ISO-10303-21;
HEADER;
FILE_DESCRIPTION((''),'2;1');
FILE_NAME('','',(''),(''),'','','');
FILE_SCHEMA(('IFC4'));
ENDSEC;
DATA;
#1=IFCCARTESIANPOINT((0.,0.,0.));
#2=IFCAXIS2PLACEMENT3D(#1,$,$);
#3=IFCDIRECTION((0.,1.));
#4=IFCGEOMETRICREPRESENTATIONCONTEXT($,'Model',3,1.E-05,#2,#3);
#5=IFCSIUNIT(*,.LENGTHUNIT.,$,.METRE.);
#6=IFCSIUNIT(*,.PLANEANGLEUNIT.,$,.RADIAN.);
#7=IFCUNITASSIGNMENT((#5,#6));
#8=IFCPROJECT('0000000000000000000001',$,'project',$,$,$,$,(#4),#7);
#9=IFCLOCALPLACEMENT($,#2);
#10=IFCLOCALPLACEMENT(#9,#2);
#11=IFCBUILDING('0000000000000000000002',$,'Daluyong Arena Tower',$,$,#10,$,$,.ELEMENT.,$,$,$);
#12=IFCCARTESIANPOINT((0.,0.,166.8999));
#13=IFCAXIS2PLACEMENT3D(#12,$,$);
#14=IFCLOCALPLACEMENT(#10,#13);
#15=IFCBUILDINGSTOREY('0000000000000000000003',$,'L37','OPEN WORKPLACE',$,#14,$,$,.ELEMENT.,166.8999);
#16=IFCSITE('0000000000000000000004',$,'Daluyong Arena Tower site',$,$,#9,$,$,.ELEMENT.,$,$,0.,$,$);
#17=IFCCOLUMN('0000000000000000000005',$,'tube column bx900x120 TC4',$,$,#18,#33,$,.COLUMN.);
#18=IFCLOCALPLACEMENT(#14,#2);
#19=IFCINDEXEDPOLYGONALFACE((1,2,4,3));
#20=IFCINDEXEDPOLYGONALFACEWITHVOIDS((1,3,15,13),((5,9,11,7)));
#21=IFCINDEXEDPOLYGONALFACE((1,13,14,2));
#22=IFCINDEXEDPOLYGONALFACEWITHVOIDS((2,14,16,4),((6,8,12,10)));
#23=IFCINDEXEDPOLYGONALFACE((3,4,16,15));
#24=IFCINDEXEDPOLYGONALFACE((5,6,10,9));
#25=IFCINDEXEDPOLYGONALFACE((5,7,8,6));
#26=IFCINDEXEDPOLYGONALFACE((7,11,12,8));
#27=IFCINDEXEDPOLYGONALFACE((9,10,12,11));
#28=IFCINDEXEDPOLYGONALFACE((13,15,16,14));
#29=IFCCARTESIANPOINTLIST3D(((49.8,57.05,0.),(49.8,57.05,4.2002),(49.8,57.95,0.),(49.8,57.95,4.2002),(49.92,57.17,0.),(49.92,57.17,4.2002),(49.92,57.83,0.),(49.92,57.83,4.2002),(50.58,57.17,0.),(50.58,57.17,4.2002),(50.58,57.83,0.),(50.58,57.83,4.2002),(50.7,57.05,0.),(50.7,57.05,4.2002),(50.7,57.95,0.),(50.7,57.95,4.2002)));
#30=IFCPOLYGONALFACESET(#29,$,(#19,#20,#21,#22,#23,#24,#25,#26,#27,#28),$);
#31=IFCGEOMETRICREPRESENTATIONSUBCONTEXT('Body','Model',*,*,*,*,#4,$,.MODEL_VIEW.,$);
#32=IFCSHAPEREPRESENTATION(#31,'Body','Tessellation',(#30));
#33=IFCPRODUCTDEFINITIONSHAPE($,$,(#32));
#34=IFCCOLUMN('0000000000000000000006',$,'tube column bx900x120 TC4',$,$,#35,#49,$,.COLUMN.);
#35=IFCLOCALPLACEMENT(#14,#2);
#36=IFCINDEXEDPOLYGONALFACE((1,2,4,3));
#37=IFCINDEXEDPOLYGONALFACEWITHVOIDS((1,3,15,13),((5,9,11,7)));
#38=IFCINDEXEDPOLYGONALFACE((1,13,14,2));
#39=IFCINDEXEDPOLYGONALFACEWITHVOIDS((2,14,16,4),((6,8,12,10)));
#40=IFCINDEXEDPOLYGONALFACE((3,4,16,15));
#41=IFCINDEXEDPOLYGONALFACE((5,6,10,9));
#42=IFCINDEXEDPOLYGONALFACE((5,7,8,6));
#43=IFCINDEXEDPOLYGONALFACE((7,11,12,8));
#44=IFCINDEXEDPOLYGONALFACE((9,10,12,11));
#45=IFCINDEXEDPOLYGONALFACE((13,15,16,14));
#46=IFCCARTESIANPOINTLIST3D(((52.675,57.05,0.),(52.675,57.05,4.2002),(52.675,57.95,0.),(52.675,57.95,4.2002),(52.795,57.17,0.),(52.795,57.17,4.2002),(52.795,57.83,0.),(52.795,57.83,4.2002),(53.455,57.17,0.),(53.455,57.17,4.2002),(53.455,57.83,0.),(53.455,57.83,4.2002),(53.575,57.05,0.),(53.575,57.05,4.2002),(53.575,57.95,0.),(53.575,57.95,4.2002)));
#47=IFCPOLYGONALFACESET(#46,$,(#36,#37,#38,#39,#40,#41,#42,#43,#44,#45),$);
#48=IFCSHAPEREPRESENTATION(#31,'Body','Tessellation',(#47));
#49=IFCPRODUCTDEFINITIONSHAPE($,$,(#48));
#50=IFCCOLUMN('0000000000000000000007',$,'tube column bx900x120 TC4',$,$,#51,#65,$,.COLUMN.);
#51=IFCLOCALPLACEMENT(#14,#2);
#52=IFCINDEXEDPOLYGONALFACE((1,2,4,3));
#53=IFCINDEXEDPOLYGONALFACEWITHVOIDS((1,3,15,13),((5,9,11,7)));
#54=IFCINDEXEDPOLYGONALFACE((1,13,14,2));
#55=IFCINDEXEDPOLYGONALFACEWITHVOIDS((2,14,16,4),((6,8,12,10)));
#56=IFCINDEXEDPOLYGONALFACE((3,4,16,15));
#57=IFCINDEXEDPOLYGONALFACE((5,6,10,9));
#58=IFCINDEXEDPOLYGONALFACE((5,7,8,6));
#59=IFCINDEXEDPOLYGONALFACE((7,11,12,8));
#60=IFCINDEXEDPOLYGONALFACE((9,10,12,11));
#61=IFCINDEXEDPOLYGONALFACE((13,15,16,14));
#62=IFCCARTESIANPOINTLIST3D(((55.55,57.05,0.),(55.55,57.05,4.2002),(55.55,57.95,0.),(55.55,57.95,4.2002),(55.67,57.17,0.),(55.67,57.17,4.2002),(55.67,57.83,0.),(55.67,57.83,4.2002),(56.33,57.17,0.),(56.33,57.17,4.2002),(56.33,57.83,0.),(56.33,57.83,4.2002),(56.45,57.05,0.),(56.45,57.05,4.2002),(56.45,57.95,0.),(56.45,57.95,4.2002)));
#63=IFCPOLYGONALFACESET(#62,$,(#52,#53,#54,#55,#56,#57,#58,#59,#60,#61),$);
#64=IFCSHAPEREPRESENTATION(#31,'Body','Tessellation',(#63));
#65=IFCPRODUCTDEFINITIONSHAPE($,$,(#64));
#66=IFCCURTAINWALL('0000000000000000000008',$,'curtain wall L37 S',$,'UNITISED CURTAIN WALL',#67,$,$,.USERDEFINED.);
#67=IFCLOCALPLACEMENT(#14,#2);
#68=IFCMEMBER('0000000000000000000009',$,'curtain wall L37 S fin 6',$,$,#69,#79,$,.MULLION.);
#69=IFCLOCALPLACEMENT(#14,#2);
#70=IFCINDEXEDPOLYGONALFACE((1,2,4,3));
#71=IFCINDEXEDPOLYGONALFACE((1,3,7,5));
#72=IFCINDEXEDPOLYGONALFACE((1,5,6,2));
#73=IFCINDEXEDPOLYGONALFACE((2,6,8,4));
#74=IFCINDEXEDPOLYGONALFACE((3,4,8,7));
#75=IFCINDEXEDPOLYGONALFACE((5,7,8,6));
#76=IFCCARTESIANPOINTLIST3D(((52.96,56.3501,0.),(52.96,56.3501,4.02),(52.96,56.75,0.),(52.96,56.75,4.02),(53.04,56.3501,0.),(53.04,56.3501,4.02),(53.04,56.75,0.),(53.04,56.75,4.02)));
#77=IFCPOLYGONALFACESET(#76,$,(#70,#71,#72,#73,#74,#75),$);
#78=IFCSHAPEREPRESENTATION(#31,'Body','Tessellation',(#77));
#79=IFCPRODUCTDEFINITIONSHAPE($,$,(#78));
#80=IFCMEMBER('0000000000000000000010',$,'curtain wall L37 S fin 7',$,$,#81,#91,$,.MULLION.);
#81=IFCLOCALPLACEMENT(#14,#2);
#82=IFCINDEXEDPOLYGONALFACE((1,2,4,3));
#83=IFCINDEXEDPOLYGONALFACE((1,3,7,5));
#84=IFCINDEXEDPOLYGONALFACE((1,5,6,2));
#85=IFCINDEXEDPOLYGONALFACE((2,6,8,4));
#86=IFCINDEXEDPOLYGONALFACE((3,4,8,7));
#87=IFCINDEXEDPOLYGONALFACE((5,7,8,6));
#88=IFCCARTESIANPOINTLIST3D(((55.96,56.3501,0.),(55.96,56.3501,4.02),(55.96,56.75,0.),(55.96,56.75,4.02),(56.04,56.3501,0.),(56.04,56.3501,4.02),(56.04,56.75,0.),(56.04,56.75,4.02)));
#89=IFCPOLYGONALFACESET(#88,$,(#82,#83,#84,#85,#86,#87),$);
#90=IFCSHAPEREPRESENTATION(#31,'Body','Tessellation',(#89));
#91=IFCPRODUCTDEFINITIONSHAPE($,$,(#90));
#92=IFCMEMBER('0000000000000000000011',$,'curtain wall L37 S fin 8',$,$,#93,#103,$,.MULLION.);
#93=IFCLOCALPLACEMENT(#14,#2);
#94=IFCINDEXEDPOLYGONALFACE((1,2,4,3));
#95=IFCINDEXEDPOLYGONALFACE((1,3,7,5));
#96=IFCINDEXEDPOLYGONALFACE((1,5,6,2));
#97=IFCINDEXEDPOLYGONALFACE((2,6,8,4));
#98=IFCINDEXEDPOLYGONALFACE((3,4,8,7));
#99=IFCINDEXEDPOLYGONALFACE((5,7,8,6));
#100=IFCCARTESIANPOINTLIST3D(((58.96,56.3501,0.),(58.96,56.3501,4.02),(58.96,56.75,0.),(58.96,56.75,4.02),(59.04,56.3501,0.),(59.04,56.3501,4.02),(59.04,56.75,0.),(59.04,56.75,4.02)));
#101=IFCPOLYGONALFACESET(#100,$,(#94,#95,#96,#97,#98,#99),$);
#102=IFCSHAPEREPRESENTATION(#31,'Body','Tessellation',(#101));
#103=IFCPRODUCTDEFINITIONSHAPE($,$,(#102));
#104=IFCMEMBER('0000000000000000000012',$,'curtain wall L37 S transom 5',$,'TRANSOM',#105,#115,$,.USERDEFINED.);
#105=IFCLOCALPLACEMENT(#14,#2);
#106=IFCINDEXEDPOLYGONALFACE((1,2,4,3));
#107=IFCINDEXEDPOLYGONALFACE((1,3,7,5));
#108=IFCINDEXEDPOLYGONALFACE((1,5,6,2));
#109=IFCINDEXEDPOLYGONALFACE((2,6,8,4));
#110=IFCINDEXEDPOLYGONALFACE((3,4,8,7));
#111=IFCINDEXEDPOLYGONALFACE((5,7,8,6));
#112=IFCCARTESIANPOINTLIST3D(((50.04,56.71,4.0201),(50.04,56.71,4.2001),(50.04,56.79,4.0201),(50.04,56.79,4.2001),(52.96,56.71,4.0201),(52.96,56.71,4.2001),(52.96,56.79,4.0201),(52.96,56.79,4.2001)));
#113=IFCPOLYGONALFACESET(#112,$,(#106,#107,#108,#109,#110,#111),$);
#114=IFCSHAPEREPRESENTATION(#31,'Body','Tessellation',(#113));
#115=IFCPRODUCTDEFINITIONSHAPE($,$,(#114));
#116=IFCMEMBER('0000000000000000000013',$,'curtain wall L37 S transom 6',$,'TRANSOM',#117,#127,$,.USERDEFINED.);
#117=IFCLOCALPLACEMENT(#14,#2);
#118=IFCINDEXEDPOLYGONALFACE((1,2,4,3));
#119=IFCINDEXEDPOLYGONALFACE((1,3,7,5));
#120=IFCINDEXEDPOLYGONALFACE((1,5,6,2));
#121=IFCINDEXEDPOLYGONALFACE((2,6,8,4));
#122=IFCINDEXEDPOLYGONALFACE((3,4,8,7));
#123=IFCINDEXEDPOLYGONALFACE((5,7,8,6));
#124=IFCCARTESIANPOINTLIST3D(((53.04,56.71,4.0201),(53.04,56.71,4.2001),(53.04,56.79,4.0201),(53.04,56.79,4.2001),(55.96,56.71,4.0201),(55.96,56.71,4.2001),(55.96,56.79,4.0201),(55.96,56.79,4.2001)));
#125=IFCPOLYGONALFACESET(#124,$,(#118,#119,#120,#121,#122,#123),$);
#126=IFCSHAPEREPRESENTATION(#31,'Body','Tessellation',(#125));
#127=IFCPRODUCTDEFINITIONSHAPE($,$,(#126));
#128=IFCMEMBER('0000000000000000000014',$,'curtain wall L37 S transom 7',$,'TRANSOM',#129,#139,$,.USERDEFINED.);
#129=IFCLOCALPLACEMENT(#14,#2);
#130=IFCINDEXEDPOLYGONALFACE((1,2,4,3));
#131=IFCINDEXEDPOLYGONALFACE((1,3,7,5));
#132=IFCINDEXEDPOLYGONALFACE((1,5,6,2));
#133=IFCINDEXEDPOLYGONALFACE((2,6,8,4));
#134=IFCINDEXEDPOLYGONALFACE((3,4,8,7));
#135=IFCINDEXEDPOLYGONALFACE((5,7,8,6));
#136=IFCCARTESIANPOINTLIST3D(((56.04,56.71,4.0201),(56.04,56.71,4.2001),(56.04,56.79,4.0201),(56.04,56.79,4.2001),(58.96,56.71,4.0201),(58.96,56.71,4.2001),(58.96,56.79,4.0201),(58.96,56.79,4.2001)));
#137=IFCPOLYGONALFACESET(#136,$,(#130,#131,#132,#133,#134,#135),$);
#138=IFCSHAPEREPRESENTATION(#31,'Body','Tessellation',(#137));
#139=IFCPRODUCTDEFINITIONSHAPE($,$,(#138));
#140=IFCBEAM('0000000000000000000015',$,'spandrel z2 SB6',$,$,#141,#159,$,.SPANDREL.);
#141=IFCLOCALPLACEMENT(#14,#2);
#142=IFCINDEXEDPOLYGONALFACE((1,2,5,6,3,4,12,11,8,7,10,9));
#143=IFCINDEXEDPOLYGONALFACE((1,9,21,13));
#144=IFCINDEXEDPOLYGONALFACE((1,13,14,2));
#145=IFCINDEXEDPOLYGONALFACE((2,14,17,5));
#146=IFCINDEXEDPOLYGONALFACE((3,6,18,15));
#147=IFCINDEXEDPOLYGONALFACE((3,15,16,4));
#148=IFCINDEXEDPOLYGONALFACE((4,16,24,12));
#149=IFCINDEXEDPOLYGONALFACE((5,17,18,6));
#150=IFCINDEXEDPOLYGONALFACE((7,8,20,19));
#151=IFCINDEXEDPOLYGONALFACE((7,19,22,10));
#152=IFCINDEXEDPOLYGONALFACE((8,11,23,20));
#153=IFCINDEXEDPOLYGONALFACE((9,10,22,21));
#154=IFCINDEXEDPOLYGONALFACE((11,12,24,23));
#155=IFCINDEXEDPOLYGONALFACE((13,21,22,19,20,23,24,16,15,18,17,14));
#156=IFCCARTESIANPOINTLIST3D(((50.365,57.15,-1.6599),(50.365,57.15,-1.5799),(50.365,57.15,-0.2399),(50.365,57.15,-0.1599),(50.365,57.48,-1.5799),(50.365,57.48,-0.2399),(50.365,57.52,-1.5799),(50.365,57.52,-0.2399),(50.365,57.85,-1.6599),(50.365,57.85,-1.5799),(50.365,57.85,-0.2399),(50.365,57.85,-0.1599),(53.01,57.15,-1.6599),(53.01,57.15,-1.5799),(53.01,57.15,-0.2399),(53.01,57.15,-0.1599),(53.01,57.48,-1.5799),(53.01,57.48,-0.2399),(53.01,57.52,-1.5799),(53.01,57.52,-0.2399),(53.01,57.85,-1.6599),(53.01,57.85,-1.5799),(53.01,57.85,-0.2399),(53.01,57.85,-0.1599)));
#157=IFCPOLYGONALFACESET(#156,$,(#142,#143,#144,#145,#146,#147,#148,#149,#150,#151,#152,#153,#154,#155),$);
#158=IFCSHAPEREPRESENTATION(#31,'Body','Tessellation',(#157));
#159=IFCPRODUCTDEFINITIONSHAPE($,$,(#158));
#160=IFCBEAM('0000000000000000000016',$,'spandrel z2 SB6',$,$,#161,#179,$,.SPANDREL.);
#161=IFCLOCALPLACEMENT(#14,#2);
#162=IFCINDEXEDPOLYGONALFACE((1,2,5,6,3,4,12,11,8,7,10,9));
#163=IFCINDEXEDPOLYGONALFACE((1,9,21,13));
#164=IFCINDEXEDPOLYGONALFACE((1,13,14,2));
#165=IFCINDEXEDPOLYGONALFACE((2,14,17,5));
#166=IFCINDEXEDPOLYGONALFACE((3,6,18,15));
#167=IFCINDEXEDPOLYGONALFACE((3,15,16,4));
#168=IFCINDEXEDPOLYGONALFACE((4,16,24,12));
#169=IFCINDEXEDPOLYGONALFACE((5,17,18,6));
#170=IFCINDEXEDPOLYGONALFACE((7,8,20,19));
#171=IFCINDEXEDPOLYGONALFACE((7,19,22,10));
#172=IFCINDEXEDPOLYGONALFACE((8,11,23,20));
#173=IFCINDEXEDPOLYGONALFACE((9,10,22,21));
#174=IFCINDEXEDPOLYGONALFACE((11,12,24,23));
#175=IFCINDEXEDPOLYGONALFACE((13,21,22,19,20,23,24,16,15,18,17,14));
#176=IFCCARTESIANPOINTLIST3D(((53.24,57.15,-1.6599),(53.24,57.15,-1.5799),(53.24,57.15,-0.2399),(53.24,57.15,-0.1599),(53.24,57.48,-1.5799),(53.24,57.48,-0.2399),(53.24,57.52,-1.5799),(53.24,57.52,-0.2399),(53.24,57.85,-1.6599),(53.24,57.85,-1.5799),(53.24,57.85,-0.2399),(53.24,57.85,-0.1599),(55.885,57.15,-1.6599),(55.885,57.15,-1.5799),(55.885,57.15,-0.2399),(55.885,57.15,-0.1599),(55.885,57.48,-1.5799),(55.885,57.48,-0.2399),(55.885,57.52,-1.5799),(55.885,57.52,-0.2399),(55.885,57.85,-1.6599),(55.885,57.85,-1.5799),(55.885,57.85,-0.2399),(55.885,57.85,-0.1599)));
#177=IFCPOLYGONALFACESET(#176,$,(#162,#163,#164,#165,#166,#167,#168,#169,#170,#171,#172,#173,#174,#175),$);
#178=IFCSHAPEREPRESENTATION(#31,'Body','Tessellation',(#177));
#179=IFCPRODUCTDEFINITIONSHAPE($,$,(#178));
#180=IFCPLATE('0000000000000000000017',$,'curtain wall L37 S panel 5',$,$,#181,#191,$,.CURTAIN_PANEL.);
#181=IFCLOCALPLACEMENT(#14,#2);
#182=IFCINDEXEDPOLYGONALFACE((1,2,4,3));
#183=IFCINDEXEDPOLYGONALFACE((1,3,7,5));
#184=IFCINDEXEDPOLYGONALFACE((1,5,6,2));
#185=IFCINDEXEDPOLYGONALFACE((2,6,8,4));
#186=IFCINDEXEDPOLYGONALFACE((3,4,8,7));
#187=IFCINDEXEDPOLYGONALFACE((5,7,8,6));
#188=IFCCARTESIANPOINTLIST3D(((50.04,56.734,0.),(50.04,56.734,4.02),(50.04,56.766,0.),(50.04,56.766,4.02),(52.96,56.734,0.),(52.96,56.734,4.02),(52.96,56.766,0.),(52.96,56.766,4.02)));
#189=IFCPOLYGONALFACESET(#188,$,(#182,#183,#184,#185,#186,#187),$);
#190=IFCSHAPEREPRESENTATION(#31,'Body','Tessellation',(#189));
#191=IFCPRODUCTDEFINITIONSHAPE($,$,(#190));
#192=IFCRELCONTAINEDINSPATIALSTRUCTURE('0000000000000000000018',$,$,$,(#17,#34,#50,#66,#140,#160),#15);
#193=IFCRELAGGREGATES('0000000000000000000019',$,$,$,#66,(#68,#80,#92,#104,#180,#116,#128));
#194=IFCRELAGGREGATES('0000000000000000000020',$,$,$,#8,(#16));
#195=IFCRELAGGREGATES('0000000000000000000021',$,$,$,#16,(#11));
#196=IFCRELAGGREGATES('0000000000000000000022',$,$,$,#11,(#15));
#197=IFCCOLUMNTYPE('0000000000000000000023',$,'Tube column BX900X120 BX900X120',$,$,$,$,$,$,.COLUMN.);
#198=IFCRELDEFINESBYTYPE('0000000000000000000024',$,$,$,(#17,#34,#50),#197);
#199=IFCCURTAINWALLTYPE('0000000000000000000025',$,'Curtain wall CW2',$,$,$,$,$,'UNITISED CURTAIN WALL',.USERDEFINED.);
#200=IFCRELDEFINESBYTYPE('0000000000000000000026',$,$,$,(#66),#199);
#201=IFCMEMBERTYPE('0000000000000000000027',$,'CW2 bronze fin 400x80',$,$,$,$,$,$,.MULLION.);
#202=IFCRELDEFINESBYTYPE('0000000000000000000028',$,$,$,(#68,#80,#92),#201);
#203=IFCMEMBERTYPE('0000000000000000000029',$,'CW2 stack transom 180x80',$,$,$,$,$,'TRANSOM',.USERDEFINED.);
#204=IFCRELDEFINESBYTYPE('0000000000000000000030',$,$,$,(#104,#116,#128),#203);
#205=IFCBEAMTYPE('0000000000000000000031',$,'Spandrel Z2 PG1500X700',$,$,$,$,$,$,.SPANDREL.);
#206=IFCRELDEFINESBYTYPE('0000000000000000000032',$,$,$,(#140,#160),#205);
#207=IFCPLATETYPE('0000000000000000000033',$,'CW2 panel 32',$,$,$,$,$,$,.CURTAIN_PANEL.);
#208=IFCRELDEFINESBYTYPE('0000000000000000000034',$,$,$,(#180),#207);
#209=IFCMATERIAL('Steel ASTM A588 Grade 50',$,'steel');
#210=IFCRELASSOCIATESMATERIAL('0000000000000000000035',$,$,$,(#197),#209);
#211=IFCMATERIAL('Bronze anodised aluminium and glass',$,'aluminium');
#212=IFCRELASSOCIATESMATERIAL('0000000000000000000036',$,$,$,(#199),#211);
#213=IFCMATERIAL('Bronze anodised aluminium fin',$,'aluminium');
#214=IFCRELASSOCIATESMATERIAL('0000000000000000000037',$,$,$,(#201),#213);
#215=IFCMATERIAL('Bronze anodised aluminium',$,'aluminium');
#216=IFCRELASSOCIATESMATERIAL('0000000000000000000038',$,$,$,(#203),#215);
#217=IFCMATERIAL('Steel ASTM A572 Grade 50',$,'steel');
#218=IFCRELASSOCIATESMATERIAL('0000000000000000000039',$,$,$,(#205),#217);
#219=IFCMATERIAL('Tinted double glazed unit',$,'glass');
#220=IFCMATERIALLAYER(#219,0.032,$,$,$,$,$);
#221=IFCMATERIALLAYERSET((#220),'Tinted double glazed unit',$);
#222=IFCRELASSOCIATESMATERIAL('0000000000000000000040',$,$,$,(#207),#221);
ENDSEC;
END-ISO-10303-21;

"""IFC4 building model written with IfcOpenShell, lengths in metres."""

from ifc_helpers import new_model, si_unit, direction, frame, origin, origin_2d, place, context, subcontext, project, spatial, rectangle, hollow_rectangle, i_section, extrude, material, layer, layer_set, material_profile, profile_set, type_object, element, aggregate, save


model = new_model("IFC4")

# Units and contexts
model_context = context("Model", 3, precision=1e-05, world=origin(), true_north=direction((0.0, 1.0)))
body_context = subcontext(model_context, "Body", "Model", "MODEL_VIEW")
ifc_project = project(units=[si_unit("LENGTHUNIT", "METRE"), si_unit("PLANEANGLEUNIT", "RADIAN")], contexts=[model_context])

# Site, building, storey
site_placement = place(None, origin())
site = spatial("IfcSite", under=ifc_project, at=site_placement, Name="Daluyong Arena Tower site", CompositionType="ELEMENT", RefElevation=0.0)
building_placement = place(site_placement, origin())
building = spatial("IfcBuilding", under=site, at=building_placement, Name="Daluyong Arena Tower", CompositionType="ELEMENT")
storey_placement = place(building_placement, frame((0.0, 0.0, 166.8999)))
storey = spatial("IfcBuildingStorey", under=building, at=storey_placement, Name="L37", Description="OPEN WORKPLACE", CompositionType="ELEMENT", Elevation=166.8999)

# Columns
ifc_material_1 = material(Name="Steel ASTM A588 Grade 50", Category="steel")
ifc_material_profile_1 = material_profile(ifc_material_1, hollow_rectangle(XDim=0.8999, YDim=0.8999, WallThickness=0.12, at=origin_2d()))
ifc_profile_set_1 = profile_set([ifc_material_profile_1], Name="Steel ASTM A588 Grade 50")
column_type = type_object("IfcColumnType", Name="Tube column BX900X120 BX900X120", PredefinedType="COLUMN", material=ifc_profile_set_1)
for number, where, z_axis, x_axis, name in (
    (1, (50.25, 57.5, 0.0), (0.0, 0.0, 1.0), (1.0, 0.0, 0.0), "tube column bx900x120 TC4"),
    (2, (53.125, 57.5, 0.0), (0.0, 0.0, 1.0), (1.0, 0.0, 0.0), "tube column bx900x120 TC4"),
    (3, (56.0, 57.5, 0.0), (0.0, 0.0, 1.0), (1.0, 0.0, 0.0), "tube column bx900x120 TC4"),
):
    element("IfcColumn", number, at=place(storey_placement, frame(where, z_axis=z_axis, x_axis=x_axis)), inside=storey, type_object=column_type, Name=name, PredefinedType="COLUMN", context=body_context, shape_type="SweptSolid", body=[
        extrude(hollow_rectangle(XDim=0.8999, YDim=0.8999, WallThickness=0.12, at=origin_2d()), origin(), (0.0, 0.0, 1.0), 4.2002),
    ])

# Curtain wall, members
ifc_material_2 = material(Name="Bronze anodised aluminium and glass", Category="aluminium")
curtain_wall_type = type_object("IfcCurtainWallType", Name="Curtain wall CW2", ElementType="UNITISED CURTAIN WALL", PredefinedType="USERDEFINED", material=ifc_material_2)
curtain_wall_placement = place(storey_placement, origin())
curtain_wall = element("IfcCurtainWall", 4, at=curtain_wall_placement, inside=storey, type_object=curtain_wall_type, Name="curtain wall L37 S", ObjectType="UNITISED CURTAIN WALL", PredefinedType="USERDEFINED")
ifc_material_3 = material(Name="Bronze anodised aluminium fin", Category="aluminium")
ifc_material_profile_2 = material_profile(ifc_material_3, rectangle(XDim=0.3999, YDim=0.0801, at=origin_2d()))
ifc_profile_set_2 = profile_set([ifc_material_profile_2], Name="Bronze anodised aluminium fin")
member_type_1 = type_object("IfcMemberType", Name="CW2 bronze fin 400x80", PredefinedType="MULLION", material=ifc_profile_set_2)
member_1_placement = place(storey_placement, frame((53.0, 56.55, 0.0), z_axis=(0.0, 0.0, 1.0), x_axis=(0.0, 1.0, 0.0)))
member_1 = element("IfcMember", 5, at=member_1_placement, type_object=member_type_1, Name="curtain wall L37 S fin 6", PredefinedType="MULLION", context=body_context, shape_type="SweptSolid", body=[
    extrude(rectangle(XDim=0.3999, YDim=0.0801, at=origin_2d()), origin(), (0.0, 0.0, 1.0), 4.02),
])
member_2_placement = place(storey_placement, frame((56.0, 56.55, 0.0), z_axis=(0.0, 0.0, 1.0), x_axis=(0.0, 1.0, 0.0)))
member_2 = element("IfcMember", 6, at=member_2_placement, type_object=member_type_1, Name="curtain wall L37 S fin 7", PredefinedType="MULLION", context=body_context, shape_type="SweptSolid", body=[
    extrude(rectangle(XDim=0.3999, YDim=0.0801, at=origin_2d()), origin(), (0.0, 0.0, 1.0), 4.02),
])
member_3_placement = place(storey_placement, frame((59.0, 56.55, 0.0), z_axis=(0.0, 0.0, 1.0), x_axis=(0.0, 1.0, 0.0)))
member_3 = element("IfcMember", 7, at=member_3_placement, type_object=member_type_1, Name="curtain wall L37 S fin 8", PredefinedType="MULLION", context=body_context, shape_type="SweptSolid", body=[
    extrude(rectangle(XDim=0.3999, YDim=0.0801, at=origin_2d()), origin(), (0.0, 0.0, 1.0), 4.02),
])
ifc_material_4 = material(Name="Bronze anodised aluminium", Category="aluminium")
ifc_material_profile_3 = material_profile(ifc_material_4, rectangle(XDim=0.0801, YDim=0.1799, at=origin_2d()))
ifc_profile_set_3 = profile_set([ifc_material_profile_3], Name="Bronze anodised aluminium")
member_type_2 = type_object("IfcMemberType", Name="CW2 stack transom 180x80", ElementType="TRANSOM", PredefinedType="USERDEFINED", material=ifc_profile_set_3)
member_4_placement = place(storey_placement, frame((50.04, 56.75, 4.1101), z_axis=(1.0, 0.0, 0.0), x_axis=(0.0, 1.0, 0.0)))
member_4 = element("IfcMember", 8, at=member_4_placement, type_object=member_type_2, Name="curtain wall L37 S transom 5", ObjectType="TRANSOM", PredefinedType="USERDEFINED", context=body_context, shape_type="SweptSolid", body=[
    extrude(rectangle(XDim=0.0801, YDim=0.1799, at=origin_2d()), origin(), (0.0, 0.0, 1.0), 2.9199),
])
member_5_placement = place(storey_placement, frame((53.04, 56.75, 4.1101), z_axis=(1.0, 0.0, 0.0), x_axis=(0.0, 1.0, 0.0)))
member_5 = element("IfcMember", 9, at=member_5_placement, type_object=member_type_2, Name="curtain wall L37 S transom 6", ObjectType="TRANSOM", PredefinedType="USERDEFINED", context=body_context, shape_type="SweptSolid", body=[
    extrude(rectangle(XDim=0.0801, YDim=0.1799, at=origin_2d()), origin(), (0.0, 0.0, 1.0), 2.9199),
])
member_6_placement = place(storey_placement, frame((56.04, 56.75, 4.1101), z_axis=(1.0, 0.0, 0.0), x_axis=(0.0, 1.0, 0.0)))
member_6 = element("IfcMember", 10, at=member_6_placement, type_object=member_type_2, Name="curtain wall L37 S transom 7", ObjectType="TRANSOM", PredefinedType="USERDEFINED", context=body_context, shape_type="SweptSolid", body=[
    extrude(rectangle(XDim=0.0801, YDim=0.1799, at=origin_2d()), origin(), (0.0, 0.0, 1.0), 2.9199),
])

# Beams
ifc_material_5 = material(Name="Steel ASTM A572 Grade 50", Category="steel")
ifc_material_profile_4 = material_profile(ifc_material_5, i_section(OverallWidth=0.7, OverallDepth=1.5, WebThickness=0.04, FlangeThickness=0.08, at=origin_2d()))
ifc_profile_set_4 = profile_set([ifc_material_profile_4], Name="Steel ASTM A572 Grade 50")
beam_type = type_object("IfcBeamType", Name="Spandrel Z2 PG1500X700", PredefinedType="SPANDREL", material=ifc_profile_set_4)
for number, where, z_axis, x_axis, name in (
    (11, (50.365, 57.5, -0.9099), (1.0, 0.0, 0.0), (0.0, 1.0, 0.0), "spandrel z2 SB6"),
    (12, (53.24, 57.5, -0.9099), (1.0, 0.0, 0.0), (0.0, 1.0, 0.0), "spandrel z2 SB6"),
):
    element("IfcBeam", number, at=place(storey_placement, frame(where, z_axis=z_axis, x_axis=x_axis)), inside=storey, type_object=beam_type, Name=name, PredefinedType="SPANDREL", context=body_context, shape_type="SweptSolid", body=[
        extrude(i_section(OverallWidth=0.7, OverallDepth=1.5, WebThickness=0.04, FlangeThickness=0.08, at=origin_2d()), origin(), (0.0, 0.0, 1.0), 2.645),
    ])

# Plate
ifc_material_6 = material(Name="Tinted double glazed unit", Category="glass")
ifc_layer = layer(ifc_material_6, 0.032)
ifc_layer_set = layer_set([ifc_layer], Name="Tinted double glazed unit")
plate_type = type_object("IfcPlateType", Name="CW2 panel 32", PredefinedType="CURTAIN_PANEL", material=ifc_layer_set)
plate_1_placement = place(storey_placement, frame((51.5, 56.75, 0.0), z_axis=(0.0, 0.0, 1.0), x_axis=(1.0, 0.0, 0.0)))
plate_1 = element("IfcPlate", 13, at=plate_1_placement, type_object=plate_type, Name="curtain wall L37 S panel 5", PredefinedType="CURTAIN_PANEL", context=body_context, shape_type="SweptSolid", body=[
    extrude(rectangle(XDim=2.9199, YDim=0.032, at=origin_2d()), origin(), (0.0, 0.0, 1.0), 4.02),
])
aggregate(curtain_wall, [member_1, member_2, member_3, member_4, plate_1, member_5, member_6])

save(model, "model.ifc")
